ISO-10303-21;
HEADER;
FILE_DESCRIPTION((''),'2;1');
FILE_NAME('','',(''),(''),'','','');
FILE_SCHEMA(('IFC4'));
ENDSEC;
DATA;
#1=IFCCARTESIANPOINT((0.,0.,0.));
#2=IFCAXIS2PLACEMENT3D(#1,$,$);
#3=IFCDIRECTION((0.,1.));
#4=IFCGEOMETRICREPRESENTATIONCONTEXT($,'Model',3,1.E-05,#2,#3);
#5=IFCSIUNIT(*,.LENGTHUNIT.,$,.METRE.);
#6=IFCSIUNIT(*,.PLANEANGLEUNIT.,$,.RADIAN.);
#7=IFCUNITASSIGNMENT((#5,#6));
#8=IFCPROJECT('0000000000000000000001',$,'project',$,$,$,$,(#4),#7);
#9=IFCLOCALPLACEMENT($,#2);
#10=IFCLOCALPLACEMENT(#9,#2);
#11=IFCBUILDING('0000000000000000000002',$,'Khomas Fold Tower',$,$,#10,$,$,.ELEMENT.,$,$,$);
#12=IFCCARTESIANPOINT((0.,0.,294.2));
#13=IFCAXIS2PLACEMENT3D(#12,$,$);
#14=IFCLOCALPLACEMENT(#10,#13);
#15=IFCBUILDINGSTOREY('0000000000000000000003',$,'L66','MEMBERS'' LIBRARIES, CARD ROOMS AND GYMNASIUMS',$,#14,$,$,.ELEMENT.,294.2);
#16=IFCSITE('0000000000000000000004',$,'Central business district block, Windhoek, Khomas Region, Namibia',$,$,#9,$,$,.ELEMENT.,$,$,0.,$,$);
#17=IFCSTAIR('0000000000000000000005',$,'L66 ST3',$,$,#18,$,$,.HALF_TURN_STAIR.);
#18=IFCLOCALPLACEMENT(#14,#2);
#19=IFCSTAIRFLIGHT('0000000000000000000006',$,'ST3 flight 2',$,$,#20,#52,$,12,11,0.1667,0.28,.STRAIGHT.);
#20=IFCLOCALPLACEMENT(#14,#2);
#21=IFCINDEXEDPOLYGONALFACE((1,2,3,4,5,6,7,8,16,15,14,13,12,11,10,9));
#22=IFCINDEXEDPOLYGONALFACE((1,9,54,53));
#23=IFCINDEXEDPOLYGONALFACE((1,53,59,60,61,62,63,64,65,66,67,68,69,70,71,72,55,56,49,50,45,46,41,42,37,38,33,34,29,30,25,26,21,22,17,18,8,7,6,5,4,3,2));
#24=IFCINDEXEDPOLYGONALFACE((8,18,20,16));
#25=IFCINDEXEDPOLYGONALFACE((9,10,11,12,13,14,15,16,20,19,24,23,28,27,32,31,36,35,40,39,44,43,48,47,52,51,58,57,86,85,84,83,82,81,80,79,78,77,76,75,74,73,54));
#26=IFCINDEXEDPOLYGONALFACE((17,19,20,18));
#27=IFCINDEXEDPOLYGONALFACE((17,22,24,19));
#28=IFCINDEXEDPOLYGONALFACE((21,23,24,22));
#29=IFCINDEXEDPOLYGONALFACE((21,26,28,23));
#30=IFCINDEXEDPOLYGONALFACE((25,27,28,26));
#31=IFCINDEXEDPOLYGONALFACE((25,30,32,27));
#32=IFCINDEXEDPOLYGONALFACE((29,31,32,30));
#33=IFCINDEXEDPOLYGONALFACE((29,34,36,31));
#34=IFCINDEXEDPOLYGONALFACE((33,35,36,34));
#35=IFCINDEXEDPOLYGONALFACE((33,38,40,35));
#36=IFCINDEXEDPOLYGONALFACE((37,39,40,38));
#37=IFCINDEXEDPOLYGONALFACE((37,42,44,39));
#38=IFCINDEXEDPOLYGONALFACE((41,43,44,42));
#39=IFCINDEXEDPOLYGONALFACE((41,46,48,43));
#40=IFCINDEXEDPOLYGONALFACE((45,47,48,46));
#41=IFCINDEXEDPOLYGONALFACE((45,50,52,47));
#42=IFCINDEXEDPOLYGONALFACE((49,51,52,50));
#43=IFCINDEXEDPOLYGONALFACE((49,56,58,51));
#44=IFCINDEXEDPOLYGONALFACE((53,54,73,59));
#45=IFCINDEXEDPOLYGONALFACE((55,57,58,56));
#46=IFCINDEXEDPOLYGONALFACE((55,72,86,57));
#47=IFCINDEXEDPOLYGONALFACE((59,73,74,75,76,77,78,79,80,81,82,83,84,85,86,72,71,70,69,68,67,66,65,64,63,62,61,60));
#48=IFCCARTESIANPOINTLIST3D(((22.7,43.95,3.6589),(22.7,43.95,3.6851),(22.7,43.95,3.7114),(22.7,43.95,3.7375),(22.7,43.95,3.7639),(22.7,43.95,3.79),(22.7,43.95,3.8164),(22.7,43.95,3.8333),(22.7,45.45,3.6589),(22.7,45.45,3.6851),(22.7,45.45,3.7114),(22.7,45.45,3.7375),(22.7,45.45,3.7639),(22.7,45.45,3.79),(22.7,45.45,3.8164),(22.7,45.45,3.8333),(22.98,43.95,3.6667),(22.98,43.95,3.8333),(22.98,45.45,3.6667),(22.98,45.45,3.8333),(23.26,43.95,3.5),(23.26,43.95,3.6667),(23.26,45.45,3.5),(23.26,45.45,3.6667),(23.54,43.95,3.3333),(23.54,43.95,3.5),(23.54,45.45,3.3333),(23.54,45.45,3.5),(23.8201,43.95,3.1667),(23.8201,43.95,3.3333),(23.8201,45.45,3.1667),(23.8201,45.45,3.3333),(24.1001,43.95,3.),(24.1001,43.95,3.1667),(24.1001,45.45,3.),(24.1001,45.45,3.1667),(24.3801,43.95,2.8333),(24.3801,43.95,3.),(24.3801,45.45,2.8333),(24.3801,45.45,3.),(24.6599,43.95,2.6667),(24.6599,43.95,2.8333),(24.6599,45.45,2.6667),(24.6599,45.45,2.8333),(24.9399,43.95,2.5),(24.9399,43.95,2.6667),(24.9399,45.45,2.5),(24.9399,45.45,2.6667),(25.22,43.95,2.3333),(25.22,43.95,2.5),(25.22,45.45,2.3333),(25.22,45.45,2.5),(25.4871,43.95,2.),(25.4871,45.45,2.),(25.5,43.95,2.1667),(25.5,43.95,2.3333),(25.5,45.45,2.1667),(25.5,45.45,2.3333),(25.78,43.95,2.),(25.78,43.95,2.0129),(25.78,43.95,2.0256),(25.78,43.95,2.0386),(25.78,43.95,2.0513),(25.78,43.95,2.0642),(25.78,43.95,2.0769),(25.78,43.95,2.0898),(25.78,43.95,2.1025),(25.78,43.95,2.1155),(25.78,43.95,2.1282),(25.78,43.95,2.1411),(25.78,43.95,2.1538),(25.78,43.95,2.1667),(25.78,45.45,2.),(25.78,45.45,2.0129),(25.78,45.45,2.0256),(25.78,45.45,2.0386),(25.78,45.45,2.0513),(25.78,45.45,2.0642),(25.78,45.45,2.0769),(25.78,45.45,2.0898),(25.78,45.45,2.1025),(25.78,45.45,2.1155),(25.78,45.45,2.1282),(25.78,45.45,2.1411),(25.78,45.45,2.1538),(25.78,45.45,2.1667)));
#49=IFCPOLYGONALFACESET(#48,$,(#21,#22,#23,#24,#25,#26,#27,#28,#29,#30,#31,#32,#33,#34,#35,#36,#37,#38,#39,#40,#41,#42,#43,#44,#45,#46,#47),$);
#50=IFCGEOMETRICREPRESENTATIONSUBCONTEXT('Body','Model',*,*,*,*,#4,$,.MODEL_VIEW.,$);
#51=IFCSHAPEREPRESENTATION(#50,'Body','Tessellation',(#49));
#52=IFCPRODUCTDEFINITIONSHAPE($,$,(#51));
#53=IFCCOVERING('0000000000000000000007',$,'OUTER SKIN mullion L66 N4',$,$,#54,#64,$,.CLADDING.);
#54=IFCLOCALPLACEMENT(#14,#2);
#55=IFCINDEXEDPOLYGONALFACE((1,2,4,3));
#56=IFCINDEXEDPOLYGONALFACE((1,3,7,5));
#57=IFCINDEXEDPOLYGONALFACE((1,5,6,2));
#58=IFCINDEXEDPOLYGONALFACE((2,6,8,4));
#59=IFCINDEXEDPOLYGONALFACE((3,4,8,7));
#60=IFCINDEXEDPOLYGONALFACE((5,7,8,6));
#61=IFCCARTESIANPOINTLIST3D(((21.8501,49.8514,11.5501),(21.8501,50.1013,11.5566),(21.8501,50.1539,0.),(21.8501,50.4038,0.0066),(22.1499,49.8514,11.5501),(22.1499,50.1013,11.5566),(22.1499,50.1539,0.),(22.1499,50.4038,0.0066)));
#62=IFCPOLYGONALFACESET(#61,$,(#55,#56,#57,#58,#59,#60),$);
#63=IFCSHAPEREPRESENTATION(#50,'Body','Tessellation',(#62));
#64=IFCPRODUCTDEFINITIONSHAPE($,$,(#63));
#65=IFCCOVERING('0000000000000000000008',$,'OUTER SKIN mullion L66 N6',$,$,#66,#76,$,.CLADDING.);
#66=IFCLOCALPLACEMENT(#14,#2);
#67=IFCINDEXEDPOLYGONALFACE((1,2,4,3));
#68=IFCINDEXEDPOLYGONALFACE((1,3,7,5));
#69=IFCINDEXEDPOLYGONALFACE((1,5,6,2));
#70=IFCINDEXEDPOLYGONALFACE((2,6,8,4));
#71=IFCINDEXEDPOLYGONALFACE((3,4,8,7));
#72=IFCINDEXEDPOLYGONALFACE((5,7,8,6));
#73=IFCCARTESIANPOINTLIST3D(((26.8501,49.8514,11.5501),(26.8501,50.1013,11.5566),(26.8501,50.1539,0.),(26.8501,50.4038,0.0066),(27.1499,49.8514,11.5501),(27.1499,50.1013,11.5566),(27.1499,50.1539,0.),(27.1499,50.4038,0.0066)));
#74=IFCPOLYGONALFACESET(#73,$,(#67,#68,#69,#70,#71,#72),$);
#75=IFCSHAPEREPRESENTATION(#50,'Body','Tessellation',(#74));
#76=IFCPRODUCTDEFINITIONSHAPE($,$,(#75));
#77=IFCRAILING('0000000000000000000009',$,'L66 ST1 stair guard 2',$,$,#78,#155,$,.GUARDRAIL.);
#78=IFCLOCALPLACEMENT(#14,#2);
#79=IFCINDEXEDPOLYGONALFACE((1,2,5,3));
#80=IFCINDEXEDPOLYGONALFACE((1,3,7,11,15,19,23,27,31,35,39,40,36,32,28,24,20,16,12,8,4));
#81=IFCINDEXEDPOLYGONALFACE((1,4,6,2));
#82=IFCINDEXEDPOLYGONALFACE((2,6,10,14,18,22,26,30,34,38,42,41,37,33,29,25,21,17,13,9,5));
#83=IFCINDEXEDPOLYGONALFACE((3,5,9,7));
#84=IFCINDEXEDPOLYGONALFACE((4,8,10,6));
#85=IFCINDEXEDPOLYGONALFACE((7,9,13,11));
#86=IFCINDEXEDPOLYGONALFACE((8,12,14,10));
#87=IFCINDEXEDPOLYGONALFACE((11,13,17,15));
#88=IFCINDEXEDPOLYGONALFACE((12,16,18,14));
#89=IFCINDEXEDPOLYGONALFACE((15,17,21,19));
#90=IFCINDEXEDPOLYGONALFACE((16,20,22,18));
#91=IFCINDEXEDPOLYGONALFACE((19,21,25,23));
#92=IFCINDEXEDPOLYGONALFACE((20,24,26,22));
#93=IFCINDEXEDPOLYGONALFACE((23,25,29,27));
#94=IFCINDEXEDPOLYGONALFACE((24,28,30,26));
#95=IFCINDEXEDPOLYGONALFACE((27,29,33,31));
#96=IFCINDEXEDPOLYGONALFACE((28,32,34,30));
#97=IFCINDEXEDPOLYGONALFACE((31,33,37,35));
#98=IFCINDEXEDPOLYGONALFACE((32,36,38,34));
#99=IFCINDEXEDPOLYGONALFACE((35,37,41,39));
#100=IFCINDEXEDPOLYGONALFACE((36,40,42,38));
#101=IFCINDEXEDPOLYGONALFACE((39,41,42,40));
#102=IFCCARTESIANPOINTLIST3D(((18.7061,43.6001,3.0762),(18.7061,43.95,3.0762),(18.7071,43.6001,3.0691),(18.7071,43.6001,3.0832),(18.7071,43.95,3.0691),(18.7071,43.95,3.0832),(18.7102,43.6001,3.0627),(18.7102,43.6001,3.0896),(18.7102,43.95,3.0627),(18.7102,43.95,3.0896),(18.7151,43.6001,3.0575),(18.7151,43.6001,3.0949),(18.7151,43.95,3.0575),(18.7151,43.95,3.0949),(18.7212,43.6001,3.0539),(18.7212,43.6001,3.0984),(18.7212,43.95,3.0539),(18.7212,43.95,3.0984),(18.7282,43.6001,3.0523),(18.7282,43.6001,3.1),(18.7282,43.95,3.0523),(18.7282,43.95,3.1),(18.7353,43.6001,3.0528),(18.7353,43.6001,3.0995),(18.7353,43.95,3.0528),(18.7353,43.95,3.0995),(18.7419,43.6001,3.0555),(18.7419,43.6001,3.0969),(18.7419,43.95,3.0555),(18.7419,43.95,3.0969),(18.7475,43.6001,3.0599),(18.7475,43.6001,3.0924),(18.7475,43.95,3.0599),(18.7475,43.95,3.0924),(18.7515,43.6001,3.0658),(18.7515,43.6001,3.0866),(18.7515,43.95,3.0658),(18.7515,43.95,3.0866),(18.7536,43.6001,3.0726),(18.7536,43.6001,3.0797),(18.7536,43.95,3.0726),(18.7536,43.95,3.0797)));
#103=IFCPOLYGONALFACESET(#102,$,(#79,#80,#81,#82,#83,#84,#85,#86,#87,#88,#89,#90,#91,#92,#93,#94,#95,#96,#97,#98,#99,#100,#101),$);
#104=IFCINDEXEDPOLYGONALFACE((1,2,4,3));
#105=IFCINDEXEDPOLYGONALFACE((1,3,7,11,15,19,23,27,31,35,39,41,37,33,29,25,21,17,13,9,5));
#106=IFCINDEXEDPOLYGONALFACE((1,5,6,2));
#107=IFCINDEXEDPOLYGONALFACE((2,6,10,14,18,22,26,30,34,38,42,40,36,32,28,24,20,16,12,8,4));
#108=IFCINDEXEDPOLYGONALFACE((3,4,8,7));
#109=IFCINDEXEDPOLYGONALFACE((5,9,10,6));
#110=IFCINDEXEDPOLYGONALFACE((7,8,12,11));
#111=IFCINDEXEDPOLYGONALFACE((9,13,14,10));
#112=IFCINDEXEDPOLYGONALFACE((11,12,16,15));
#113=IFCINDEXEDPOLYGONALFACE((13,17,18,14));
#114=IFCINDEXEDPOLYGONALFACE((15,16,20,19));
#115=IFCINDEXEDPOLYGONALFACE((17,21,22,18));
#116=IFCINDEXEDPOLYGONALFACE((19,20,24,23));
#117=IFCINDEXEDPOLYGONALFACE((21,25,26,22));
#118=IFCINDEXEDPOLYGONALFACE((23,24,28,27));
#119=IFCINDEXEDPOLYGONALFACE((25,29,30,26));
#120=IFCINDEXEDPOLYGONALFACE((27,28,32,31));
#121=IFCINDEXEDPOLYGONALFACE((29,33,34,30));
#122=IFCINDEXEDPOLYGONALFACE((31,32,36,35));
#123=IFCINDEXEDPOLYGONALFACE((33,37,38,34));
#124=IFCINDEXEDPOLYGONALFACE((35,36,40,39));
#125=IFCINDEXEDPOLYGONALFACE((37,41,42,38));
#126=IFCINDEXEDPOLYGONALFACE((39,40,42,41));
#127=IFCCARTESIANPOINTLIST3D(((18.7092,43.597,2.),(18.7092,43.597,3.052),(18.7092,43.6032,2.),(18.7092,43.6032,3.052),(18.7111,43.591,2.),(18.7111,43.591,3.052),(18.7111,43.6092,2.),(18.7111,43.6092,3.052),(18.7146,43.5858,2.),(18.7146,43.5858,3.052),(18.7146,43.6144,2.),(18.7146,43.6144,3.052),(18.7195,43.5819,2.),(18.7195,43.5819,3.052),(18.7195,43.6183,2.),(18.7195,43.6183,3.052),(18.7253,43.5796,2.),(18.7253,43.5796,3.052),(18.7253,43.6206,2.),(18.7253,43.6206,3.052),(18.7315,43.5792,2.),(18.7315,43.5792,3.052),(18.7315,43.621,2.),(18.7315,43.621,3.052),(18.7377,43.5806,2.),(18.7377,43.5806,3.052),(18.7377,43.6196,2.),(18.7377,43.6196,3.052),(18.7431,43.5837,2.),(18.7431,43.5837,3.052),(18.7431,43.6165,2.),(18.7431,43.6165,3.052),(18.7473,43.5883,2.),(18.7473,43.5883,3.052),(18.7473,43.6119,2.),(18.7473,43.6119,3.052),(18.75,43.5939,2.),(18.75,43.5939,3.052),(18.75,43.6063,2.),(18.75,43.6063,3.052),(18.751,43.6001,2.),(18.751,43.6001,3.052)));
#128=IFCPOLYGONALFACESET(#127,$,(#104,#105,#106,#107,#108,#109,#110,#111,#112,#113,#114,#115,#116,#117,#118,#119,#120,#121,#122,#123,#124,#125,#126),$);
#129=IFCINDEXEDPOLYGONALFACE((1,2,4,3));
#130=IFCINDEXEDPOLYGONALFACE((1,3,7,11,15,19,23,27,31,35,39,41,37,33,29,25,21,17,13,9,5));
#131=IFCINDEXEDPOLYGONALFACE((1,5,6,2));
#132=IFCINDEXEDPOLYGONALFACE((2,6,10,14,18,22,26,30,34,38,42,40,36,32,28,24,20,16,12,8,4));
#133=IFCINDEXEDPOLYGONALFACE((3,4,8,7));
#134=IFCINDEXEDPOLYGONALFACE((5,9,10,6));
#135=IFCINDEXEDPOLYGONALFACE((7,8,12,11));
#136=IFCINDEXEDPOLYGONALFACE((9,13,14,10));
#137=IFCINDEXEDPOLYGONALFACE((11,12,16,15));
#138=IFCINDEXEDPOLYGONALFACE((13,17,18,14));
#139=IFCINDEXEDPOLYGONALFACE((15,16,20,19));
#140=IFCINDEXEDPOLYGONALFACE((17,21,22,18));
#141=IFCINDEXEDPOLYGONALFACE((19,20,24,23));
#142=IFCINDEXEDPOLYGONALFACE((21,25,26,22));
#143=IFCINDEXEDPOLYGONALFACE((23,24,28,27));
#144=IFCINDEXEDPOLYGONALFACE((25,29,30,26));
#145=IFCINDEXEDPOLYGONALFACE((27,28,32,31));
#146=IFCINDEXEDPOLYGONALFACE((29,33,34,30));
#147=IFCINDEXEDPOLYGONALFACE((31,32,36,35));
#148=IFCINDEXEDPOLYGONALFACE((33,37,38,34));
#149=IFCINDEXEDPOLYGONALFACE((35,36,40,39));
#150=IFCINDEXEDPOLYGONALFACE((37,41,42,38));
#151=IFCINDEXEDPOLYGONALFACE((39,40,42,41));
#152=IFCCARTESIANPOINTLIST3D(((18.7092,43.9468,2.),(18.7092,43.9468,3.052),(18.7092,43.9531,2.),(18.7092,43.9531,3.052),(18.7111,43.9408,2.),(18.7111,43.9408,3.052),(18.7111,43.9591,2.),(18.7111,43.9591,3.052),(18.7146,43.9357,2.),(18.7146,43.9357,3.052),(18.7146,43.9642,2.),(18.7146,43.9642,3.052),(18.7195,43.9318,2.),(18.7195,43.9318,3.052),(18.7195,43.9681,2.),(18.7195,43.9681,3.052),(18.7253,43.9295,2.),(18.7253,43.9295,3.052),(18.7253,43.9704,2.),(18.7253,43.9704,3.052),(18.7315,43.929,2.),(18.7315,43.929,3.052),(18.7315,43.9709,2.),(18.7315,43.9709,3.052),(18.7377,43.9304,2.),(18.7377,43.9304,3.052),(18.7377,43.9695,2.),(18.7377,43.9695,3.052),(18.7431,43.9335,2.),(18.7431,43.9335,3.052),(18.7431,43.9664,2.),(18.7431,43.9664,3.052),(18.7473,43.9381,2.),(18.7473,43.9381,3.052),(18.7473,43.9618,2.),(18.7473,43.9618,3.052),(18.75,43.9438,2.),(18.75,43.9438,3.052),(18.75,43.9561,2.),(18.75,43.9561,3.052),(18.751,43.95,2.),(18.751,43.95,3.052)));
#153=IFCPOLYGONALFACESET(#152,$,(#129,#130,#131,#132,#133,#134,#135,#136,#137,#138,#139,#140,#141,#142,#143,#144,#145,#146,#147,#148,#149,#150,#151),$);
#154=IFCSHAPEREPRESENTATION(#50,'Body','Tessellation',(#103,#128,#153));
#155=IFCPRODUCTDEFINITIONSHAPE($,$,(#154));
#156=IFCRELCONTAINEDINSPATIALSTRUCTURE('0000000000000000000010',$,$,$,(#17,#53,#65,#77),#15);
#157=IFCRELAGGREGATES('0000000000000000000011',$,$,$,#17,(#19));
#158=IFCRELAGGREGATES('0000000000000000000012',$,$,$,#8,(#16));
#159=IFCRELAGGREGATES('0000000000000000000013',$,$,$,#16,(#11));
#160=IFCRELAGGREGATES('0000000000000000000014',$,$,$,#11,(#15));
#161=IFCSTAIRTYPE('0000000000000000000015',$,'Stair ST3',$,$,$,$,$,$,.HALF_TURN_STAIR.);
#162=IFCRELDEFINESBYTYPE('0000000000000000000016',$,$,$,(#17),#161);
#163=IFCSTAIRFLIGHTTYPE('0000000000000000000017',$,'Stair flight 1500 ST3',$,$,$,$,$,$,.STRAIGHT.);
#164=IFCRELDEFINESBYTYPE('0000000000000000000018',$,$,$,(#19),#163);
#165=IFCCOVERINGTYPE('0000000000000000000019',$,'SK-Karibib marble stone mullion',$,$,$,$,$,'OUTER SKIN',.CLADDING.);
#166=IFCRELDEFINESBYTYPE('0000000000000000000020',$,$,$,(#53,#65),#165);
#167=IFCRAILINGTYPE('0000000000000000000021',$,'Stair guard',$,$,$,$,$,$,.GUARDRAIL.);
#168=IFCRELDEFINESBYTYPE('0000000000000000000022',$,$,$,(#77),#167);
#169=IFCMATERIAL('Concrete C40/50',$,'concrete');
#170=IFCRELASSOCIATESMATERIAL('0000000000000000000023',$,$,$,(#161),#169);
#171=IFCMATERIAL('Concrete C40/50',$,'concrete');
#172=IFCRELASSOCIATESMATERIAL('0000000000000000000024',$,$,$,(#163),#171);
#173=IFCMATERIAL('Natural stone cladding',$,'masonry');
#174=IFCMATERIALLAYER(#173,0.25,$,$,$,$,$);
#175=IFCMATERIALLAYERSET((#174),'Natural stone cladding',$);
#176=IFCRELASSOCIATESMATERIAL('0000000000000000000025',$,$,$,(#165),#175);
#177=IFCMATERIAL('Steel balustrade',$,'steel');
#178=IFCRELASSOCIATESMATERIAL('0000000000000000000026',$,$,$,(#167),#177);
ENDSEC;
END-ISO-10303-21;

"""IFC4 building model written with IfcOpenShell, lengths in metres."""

from ifc_helpers import new_model, si_unit, direction, frame, origin, origin_2d, place, context, subcontext, project, spatial, polyline, circle, outline, extrude, source, transform, mapped, material, layer, layer_set, type_object, element, aggregate, save


model = new_model("IFC4")

# Units and contexts
model_context = context("Model", 3, precision=1e-05, world=origin(), true_north=direction((0.0, 1.0)))
body_context = subcontext(model_context, "Body", "Model", "MODEL_VIEW")
ifc_project = project(units=[si_unit("LENGTHUNIT", "METRE"), si_unit("PLANEANGLEUNIT", "RADIAN")], contexts=[model_context])

# Site, building, storey
site_placement = place(None, origin())
site = spatial("IfcSite", under=ifc_project, at=site_placement, Name="Central business district block, Windhoek, Khomas Region, Namibia", CompositionType="ELEMENT", RefElevation=0.0)
building_placement = place(site_placement, origin())
building = spatial("IfcBuilding", under=site, at=building_placement, Name="Khomas Fold Tower", CompositionType="ELEMENT")
storey_placement = place(building_placement, frame((0.0, 0.0, 294.2)))
storey = spatial("IfcBuildingStorey", under=building, at=storey_placement, Name="L66", Description="MEMBERS' LIBRARIES, CARD ROOMS AND GYMNASIUMS", CompositionType="ELEMENT", Elevation=294.2)

# Shared definitions
shared_shape_1 = source(origin(), body_context, "Body", "SweptSolid", [
    extrude(outline(polyline([(0.0, 0.0), (0.0, 0.0129), (0.0, 0.0256), (0.0, 0.0386), (0.0, 0.0513), (0.0, 0.0642), (0.0, 0.0769), (0.0, 0.0898), (0.0, 0.1025), (0.0, 0.1155), (0.0, 0.1282), (0.0, 0.1411), (0.0, 0.1538), (0.0, 0.1667), (0.28, 0.1667), (0.28, 0.3333), (0.5601, 0.3333), (0.5601, 0.5), (0.8401, 0.5), (0.8401, 0.6667), (1.1201, 0.6667), (1.1201, 0.8333), (1.3999, 0.8333), (1.3999, 1.0), (1.6799, 1.0), (1.6799, 1.1667), (1.96, 1.1667), (1.96, 1.3333), (2.24, 1.3333), (2.24, 1.5), (2.52, 1.5), (2.52, 1.6667), (2.8, 1.6667), (2.8, 1.8333), (3.0801, 1.8333), (3.0801, 2.0), (3.0801, 1.9739), (3.0801, 1.9475), (3.0801, 1.9214), (3.0801, 1.895), (3.0801, 1.8689), (3.0801, 1.8425), (3.0801, 1.8164), (3.0801, 1.79), (3.0801, 1.7639), (3.0801, 1.7375), (3.0801, 1.7114), (3.0801, 1.6851), (3.0801, 1.6589), (0.293, 0.0), (0.0, 0.0)])), frame((0.0, 0.75, 0.0), z_axis=(0.0, -1.0, 0.0), x_axis=(1.0, 0.0, 0.0)), (0.0, 0.0, 1.0), 1.5),
])

# Stair, stair flight
ifc_material_1 = material(Name="Concrete C40/50", Category="concrete")
stair_type_1 = type_object("IfcStairType", Name="Stair ST3", PredefinedType="HALF_TURN_STAIR", material=ifc_material_1)
stair_1_placement = place(storey_placement, origin())
stair_1 = element("IfcStair", 1, at=stair_1_placement, inside=storey, type_object=stair_type_1, Name="L66 ST3", PredefinedType="HALF_TURN_STAIR")
ifc_material_2 = material(Name="Concrete C40/50", Category="concrete")
stair_flight_type_1 = type_object("IfcStairFlightType", Name="Stair flight 1500 ST3", PredefinedType="STRAIGHT", material=ifc_material_2)
stair_flight_1_placement = place(storey_placement, frame((25.78, 44.7, 2.0), z_axis=(0.0, 0.0, 1.0), x_axis=(-1.0, 0.0, 0.0)))
stair_flight_1 = element("IfcStairFlight", 2, at=stair_flight_1_placement, type_object=stair_flight_type_1, Name="ST3 flight 2", NumberOfRisers=12, NumberOfTreads=11, PredefinedType="STRAIGHT", RiserHeight=0.1667, TreadLength=0.28, context=body_context, shape_type="MappedRepresentation", body=[
    mapped(shared_shape_1, transform((0.0, 0.0, 0.0))),
])
aggregate(stair_1, [stair_flight_1])

# Coverings
ifc_material_3 = material(Name="Natural stone cladding", Category="masonry")
ifc_layer_1 = layer(ifc_material_3, 0.25)
ifc_layer_set_1 = layer_set([ifc_layer_1], Name="Natural stone cladding")
covering_type = type_object("IfcCoveringType", Name="SK-Karibib marble stone mullion", ElementType="OUTER SKIN", PredefinedType="CLADDING", material=ifc_layer_set_1)
for number, where, z_axis, x_axis, name in (
    (3, (21.8501, 50.4038, 0.0066), (0.0, 0.999657, 0.026181), (1.0, 0.0, 0.0), "OUTER SKIN mullion L66 N4"),
    (4, (26.8501, 50.4038, 0.0066), (0.0, 0.999657, 0.026181), (1.0, 0.0, 0.0), "OUTER SKIN mullion L66 N6"),
):
    element("IfcCovering", number, at=place(storey_placement, frame(where, z_axis=z_axis, x_axis=x_axis)), inside=storey, type_object=covering_type, Name=name, PredefinedType="CLADDING", context=body_context, shape_type="SweptSolid", body=[
        extrude(outline(polyline([(0.0, 0.0), (0.2998, 0.0), (0.2998, -11.554), (0.0, -11.554), (0.0, 0.0)])), origin(), (0.0, 0.0, -1.0), 0.25),
    ])

# Railing
ifc_material_4 = material(Name="Steel balustrade", Category="steel")
railing_type_1 = type_object("IfcRailingType", Name="Stair guard", PredefinedType="GUARDRAIL", material=ifc_material_4)
shared_shape_2 = source(origin(), body_context, "Body", "SweptSolid", [
    extrude(circle(Radius=0.0239, at=origin_2d()), frame((0.0, 0.0, 1.0762), z_axis=(0.0, 1.0, 0.0), x_axis=(-1.0, 0.0, 0.0)), (0.0, 0.0, 1.0), 0.3499),
    extrude(circle(Radius=0.021, at=origin_2d()), origin(), (0.0, 0.0, 1.0), 1.052),
    extrude(circle(Radius=0.021, at=origin_2d()), frame((0.0, 0.3499, 0.0)), (0.0, 0.0, 1.0), 1.052),
])
for number, where, name in (
    (5, (18.73, 43.6001, 2.0), "L66 ST1 stair guard 2"),
):
    element("IfcRailing", number, at=place(storey_placement, frame(where)), inside=storey, type_object=railing_type_1, Name=name, PredefinedType="GUARDRAIL", context=body_context, shape_type="MappedRepresentation", body=[
        mapped(shared_shape_2, transform((0.0, 0.0, 0.0))),
    ])

save(model, "model.ifc")
